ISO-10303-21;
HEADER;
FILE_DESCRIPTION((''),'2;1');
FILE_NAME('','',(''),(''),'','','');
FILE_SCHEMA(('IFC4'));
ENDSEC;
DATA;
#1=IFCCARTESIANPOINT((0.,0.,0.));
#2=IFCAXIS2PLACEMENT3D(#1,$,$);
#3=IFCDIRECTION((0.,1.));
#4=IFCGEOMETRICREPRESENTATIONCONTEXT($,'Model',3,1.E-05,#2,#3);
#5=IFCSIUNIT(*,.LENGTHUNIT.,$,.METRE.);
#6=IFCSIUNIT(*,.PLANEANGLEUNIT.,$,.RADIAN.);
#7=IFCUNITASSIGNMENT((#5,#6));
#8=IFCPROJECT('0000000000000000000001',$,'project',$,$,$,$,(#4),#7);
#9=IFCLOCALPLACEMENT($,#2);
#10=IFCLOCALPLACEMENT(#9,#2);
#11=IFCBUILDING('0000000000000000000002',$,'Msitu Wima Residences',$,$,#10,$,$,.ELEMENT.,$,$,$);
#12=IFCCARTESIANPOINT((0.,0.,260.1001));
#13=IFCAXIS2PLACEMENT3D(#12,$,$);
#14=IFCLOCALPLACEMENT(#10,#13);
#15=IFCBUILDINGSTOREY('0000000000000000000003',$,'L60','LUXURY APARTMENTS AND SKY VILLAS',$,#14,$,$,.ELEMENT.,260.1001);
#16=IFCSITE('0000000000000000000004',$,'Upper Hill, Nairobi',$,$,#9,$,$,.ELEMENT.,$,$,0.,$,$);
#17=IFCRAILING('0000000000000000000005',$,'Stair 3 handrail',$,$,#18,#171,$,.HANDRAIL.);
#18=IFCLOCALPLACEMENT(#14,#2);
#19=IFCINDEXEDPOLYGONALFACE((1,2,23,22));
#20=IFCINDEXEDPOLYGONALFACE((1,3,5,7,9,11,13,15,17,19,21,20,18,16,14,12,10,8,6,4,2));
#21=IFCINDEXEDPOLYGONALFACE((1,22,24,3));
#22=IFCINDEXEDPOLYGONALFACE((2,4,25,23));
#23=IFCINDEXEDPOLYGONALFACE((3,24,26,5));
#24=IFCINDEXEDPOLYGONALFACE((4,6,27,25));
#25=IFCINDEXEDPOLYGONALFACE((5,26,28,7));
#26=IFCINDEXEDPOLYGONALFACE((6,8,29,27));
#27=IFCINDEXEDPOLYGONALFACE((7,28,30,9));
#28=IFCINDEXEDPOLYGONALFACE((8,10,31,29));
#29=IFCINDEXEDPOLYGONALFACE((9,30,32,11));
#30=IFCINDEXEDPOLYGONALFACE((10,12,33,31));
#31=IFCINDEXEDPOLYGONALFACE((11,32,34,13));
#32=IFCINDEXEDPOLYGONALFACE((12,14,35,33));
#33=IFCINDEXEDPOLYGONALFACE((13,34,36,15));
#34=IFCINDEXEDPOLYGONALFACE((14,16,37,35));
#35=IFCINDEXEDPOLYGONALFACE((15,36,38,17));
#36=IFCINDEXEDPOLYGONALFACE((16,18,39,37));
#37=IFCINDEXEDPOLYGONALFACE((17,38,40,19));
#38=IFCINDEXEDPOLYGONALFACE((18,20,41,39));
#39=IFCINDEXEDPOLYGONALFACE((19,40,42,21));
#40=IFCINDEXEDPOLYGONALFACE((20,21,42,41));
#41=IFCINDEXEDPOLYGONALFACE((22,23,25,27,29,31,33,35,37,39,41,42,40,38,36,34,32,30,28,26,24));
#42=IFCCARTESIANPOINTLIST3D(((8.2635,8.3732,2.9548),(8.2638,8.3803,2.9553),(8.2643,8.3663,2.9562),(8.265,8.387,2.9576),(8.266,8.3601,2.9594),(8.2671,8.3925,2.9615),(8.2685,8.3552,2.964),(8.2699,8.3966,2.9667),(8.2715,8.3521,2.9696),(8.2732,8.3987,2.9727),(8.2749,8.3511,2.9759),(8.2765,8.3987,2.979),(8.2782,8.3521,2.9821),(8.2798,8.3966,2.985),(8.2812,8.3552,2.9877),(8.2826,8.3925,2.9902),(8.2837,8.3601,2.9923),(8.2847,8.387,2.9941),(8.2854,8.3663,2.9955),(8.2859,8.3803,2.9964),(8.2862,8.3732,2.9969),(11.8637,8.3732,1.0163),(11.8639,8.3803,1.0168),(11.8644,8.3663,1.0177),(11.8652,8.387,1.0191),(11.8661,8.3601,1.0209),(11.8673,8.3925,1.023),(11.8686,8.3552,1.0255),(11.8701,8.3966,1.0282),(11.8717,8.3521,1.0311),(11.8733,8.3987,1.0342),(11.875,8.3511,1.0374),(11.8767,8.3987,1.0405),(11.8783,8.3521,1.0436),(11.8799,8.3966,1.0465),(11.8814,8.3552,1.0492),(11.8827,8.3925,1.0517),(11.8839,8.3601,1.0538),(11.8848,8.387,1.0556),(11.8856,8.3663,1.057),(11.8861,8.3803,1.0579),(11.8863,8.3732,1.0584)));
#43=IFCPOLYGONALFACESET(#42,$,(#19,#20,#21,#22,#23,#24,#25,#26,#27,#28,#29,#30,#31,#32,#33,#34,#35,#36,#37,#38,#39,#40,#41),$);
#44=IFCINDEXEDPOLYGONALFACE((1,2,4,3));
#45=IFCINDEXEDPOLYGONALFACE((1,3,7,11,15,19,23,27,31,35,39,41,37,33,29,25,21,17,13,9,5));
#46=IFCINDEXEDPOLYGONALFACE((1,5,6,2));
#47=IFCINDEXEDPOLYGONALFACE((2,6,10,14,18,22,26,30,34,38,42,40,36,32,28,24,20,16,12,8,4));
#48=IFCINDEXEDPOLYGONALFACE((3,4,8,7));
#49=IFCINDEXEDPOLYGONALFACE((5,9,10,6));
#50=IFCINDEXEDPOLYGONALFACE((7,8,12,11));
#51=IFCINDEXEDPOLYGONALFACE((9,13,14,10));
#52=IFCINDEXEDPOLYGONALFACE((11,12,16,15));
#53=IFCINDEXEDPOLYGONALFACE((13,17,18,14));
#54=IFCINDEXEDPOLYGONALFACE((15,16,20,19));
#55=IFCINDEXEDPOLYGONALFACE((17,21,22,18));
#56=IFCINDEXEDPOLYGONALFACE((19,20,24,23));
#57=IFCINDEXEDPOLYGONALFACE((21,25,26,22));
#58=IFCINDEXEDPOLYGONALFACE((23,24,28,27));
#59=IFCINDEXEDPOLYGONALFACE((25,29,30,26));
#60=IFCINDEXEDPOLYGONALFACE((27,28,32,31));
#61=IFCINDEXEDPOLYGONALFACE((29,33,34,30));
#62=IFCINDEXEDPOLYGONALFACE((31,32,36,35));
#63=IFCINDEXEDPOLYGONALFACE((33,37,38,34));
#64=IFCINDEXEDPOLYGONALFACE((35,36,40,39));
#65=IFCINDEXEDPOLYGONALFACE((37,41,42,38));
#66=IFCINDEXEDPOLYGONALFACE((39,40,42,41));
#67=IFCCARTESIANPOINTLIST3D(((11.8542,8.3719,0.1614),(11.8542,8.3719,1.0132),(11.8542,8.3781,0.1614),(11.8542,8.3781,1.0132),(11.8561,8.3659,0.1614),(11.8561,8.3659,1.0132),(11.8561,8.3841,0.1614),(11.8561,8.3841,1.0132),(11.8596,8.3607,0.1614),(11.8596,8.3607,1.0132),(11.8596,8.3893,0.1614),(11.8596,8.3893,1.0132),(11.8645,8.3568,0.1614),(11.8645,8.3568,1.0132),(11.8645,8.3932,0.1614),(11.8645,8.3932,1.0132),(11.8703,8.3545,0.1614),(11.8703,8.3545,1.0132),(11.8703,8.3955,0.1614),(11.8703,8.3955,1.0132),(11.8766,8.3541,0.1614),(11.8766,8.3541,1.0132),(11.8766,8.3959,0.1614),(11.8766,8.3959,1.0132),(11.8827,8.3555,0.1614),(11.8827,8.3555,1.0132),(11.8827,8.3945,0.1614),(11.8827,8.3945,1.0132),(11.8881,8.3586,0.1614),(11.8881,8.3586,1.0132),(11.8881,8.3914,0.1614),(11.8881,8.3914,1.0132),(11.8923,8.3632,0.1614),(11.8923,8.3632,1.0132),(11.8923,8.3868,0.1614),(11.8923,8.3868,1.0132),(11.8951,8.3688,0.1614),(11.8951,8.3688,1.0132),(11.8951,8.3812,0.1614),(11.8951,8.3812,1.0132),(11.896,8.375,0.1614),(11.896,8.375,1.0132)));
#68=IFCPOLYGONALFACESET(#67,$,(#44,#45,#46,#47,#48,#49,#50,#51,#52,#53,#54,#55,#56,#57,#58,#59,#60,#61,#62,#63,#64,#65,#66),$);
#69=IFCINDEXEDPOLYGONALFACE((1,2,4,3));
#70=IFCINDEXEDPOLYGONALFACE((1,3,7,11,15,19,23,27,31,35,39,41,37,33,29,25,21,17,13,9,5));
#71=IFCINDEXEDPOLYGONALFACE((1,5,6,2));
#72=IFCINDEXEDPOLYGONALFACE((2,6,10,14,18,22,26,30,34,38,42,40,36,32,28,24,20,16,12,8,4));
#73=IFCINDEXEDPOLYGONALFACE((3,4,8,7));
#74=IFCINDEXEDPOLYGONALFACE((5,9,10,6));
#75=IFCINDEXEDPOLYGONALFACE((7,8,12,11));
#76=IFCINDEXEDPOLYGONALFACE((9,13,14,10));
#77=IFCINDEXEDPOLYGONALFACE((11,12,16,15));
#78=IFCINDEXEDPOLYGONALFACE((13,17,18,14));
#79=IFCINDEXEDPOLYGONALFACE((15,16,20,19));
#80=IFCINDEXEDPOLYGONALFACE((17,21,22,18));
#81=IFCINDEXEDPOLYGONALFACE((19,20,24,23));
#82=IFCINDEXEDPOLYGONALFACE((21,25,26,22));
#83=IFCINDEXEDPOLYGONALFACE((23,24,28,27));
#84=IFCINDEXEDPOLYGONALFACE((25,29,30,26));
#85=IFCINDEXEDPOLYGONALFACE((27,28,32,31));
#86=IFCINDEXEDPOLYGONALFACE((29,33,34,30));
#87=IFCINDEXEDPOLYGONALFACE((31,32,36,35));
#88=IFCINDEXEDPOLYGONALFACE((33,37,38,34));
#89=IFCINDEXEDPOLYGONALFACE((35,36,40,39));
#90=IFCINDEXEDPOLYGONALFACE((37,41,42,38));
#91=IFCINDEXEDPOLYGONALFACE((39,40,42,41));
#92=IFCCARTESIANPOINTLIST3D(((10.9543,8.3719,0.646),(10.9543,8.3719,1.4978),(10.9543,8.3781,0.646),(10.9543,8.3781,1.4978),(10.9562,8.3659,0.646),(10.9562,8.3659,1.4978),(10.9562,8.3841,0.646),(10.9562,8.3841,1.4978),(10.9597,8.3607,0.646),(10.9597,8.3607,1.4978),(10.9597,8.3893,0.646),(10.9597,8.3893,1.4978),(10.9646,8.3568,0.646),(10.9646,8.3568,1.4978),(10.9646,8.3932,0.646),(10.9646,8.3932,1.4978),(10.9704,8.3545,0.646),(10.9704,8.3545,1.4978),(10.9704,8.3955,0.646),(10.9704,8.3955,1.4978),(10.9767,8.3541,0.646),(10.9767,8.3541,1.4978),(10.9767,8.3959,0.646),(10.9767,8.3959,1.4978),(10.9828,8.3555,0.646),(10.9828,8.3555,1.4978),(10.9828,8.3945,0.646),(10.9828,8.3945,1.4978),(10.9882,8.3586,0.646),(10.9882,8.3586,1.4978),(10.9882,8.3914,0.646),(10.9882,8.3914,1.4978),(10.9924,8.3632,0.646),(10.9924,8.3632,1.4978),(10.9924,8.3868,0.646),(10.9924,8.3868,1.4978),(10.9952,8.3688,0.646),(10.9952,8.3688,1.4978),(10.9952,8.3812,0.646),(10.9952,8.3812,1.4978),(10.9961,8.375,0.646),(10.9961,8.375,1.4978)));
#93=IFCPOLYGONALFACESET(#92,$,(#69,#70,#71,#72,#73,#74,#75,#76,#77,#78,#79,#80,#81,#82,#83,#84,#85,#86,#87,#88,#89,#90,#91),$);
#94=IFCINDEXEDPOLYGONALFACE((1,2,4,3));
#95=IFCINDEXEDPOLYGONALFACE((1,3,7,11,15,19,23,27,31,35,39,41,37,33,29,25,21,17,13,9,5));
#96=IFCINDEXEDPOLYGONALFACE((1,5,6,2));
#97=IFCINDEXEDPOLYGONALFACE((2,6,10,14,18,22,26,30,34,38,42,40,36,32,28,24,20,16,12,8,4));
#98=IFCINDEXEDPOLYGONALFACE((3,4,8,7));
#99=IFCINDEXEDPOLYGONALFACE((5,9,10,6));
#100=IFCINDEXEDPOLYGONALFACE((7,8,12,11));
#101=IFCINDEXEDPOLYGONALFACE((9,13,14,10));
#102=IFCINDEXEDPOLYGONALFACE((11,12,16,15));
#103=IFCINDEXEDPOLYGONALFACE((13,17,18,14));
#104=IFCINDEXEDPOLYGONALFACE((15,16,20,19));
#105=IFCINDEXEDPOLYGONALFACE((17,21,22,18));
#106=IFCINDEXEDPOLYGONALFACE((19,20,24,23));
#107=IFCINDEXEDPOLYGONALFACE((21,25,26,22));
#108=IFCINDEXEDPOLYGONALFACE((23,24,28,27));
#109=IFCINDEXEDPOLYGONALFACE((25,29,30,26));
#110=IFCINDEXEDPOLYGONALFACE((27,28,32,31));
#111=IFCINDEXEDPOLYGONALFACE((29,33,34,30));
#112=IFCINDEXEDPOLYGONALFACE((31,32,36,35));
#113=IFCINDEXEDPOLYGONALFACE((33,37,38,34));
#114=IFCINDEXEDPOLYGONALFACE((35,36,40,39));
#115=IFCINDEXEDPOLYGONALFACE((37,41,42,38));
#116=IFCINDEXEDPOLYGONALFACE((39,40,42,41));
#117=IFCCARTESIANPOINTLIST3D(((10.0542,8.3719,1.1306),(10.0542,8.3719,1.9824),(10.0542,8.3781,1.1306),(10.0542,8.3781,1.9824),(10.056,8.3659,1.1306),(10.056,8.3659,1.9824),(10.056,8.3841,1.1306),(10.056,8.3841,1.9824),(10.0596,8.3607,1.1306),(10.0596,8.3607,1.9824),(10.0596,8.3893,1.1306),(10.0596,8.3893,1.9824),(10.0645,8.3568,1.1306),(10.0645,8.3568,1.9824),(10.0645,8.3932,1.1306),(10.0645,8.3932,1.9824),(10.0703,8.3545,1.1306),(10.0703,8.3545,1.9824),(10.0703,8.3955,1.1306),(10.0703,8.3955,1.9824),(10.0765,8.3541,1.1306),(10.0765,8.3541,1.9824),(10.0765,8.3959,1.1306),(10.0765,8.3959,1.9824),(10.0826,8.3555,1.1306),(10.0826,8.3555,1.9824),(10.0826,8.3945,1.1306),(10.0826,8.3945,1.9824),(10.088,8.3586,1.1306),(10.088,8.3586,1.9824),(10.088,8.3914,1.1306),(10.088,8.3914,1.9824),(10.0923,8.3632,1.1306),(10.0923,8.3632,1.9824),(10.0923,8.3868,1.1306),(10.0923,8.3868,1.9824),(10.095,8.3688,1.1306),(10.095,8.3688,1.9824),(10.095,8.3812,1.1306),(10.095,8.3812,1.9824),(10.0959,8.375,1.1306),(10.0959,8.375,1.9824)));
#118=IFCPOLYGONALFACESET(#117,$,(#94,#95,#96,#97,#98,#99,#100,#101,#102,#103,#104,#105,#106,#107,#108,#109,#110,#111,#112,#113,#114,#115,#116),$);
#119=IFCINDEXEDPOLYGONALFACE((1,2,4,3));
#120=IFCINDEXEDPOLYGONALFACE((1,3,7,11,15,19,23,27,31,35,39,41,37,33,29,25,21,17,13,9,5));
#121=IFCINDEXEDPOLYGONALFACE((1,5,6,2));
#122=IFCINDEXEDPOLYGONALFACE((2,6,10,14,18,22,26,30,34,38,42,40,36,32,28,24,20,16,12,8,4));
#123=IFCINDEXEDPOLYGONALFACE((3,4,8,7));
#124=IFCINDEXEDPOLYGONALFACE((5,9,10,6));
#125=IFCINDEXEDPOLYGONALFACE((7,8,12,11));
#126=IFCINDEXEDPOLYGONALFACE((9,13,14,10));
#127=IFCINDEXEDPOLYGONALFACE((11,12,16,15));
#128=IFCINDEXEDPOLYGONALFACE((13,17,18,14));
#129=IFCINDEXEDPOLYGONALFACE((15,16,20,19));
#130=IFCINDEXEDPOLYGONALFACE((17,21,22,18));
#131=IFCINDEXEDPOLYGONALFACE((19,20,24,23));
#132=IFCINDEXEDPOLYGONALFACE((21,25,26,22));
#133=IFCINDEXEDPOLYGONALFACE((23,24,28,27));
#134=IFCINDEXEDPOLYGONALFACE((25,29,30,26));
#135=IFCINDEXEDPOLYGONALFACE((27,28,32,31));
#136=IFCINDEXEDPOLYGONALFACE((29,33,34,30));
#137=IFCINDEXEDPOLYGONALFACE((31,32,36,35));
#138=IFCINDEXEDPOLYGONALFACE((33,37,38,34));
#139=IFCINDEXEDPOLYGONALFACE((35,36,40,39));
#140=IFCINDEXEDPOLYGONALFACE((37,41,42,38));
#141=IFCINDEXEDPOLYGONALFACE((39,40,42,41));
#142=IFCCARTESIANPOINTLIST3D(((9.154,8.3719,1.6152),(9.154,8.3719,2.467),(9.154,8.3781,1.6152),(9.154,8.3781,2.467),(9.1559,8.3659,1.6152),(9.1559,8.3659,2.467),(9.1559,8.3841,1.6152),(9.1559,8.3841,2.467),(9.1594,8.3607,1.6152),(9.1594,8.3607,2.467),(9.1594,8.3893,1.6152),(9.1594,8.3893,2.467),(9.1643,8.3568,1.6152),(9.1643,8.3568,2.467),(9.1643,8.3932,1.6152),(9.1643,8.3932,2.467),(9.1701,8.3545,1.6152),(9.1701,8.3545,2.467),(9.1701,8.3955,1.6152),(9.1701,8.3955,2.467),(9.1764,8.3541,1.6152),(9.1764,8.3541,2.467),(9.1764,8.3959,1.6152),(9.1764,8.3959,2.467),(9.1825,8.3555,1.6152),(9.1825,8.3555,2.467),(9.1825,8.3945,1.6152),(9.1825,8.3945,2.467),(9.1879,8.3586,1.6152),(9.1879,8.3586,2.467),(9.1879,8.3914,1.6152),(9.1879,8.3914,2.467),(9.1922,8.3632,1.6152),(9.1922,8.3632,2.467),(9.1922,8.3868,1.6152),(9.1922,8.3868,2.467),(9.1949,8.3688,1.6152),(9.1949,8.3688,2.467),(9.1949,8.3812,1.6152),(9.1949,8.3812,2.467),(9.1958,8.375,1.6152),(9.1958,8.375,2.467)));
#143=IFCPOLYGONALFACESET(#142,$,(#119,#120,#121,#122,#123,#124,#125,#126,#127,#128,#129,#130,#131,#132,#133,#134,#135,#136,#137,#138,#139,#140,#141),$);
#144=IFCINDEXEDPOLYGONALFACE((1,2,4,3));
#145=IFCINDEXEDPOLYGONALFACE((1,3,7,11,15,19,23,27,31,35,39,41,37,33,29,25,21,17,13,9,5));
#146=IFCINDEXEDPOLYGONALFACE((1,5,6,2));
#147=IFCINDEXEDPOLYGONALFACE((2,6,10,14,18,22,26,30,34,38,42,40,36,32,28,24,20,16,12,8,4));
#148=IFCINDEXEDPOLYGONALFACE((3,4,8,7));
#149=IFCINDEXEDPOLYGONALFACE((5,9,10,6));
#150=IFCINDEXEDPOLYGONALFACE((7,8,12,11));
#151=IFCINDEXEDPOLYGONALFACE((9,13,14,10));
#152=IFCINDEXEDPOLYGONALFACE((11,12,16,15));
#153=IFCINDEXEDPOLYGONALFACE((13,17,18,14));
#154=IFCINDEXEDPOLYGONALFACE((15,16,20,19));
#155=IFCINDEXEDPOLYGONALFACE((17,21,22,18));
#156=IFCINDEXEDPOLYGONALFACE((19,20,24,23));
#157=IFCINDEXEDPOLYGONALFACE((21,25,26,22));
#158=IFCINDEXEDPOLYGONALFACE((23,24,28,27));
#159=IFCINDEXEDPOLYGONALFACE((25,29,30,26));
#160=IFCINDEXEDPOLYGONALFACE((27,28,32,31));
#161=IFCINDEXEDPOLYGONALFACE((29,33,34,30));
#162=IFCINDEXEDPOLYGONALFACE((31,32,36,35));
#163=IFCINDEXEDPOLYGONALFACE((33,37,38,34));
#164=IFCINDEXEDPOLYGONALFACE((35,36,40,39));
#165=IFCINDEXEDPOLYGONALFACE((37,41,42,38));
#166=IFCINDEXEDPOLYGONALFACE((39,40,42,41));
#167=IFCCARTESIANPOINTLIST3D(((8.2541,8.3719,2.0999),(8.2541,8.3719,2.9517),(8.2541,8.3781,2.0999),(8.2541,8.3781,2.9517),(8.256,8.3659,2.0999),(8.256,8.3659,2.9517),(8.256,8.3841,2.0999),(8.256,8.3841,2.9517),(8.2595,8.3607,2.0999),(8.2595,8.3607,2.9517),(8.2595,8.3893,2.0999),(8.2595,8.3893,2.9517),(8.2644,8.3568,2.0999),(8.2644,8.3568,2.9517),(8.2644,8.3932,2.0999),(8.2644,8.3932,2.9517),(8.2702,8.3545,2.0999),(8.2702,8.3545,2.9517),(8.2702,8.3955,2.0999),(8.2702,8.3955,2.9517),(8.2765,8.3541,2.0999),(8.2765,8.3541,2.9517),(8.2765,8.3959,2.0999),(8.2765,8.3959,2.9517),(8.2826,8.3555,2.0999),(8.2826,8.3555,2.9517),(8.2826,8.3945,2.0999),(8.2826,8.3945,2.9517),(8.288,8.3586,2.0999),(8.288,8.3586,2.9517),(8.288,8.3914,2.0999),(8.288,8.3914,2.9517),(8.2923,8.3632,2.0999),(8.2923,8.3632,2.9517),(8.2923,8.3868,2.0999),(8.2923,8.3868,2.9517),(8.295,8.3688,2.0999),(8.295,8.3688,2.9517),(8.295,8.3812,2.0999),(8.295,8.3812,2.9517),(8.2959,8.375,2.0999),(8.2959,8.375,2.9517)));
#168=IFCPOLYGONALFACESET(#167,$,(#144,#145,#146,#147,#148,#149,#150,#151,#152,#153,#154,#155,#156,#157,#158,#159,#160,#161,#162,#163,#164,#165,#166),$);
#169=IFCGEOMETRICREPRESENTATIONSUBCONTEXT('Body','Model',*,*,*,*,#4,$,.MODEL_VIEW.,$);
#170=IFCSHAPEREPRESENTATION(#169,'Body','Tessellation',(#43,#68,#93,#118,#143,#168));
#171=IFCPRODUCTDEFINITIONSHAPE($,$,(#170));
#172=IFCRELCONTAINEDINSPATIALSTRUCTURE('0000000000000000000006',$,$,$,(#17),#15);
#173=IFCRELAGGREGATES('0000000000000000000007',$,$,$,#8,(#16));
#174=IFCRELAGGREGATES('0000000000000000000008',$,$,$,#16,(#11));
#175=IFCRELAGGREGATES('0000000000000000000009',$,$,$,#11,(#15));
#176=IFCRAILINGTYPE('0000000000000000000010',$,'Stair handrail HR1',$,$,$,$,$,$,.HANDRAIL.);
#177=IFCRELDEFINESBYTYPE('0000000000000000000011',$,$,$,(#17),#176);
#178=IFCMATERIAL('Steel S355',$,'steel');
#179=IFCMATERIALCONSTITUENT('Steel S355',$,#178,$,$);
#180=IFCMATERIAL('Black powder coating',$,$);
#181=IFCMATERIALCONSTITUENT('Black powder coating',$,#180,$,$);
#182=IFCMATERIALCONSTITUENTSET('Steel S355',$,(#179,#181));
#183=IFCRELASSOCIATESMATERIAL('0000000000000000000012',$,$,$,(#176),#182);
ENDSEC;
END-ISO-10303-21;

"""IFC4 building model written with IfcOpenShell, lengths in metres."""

from ifc_helpers import new_model, si_unit, direction, frame, origin, origin_2d, place, context, subcontext, project, spatial, circle, extrude, material, constituent, constituent_set, type_object, element, save


model = new_model("IFC4")

# Units and contexts
model_context = context("Model", 3, precision=1e-05, world=origin(), true_north=direction((0.0, 1.0)))
body_context = subcontext(model_context, "Body", "Model", "MODEL_VIEW")
ifc_project = project(units=[si_unit("LENGTHUNIT", "METRE"), si_unit("PLANEANGLEUNIT", "RADIAN")], contexts=[model_context])

# Site, building, storey
site_placement = place(None, origin())
site = spatial("IfcSite", under=ifc_project, at=site_placement, Name="Upper Hill, Nairobi", CompositionType="ELEMENT", RefElevation=0.0)
building_placement = place(site_placement, origin())
building = spatial("IfcBuilding", under=site, at=building_placement, Name="Msitu Wima Residences", CompositionType="ELEMENT")
storey_placement = place(building_placement, frame((0.0, 0.0, 260.1001)))
storey = spatial("IfcBuildingStorey", under=building, at=storey_placement, Name="L60", Description="LUXURY APARTMENTS AND SKY VILLAS", CompositionType="ELEMENT", Elevation=260.1001)

# Railing
ifc_material_1 = material(Name="Steel S355", Category="steel")
ifc_constituent_1 = constituent(ifc_material_1, Name="Steel S355")
ifc_material_2 = material(Name="Black powder coating")
ifc_constituent_2 = constituent(ifc_material_2, Name="Black powder coating")
ifc_constituent_set = constituent_set(constituents=[ifc_constituent_1, ifc_constituent_2], Name="Steel S355")
railing_type = type_object("IfcRailingType", Name="Stair handrail HR1", PredefinedType="HANDRAIL", material=ifc_constituent_set)
for number, where, name in (
    (1, (11.875, 8.375, 0.1614), "Stair 3 handrail"),
):
    element("IfcRailing", number, at=place(storey_placement, frame(where)), inside=storey, type_object=railing_type, Name=name, PredefinedType="HANDRAIL", context=body_context, shape_type="SweptSolid", body=[
        extrude(circle(Radius=0.0239, at=origin_2d()), frame((0.0, 0.0, 0.876), z_axis=(-0.880475, 0.0, 0.474093), x_axis=(0.0, -1.0, 0.0)), (0.0, 0.0, 1.0), 4.0889),
        extrude(circle(Radius=0.021, at=origin_2d()), origin(), (0.0, 0.0, 1.0), 0.8518),
        extrude(circle(Radius=0.021, at=origin_2d()), frame((-0.8999, 0.0, 0.4846)), (0.0, 0.0, 1.0), 0.8518),
        extrude(circle(Radius=0.021, at=origin_2d()), frame((-1.8, 0.0, 0.9692)), (0.0, 0.0, 1.0), 0.8518),
        extrude(circle(Radius=0.021, at=origin_2d()), frame((-2.7002, 0.0, 1.4539)), (0.0, 0.0, 1.0), 0.8518),
        extrude(circle(Radius=0.021, at=origin_2d()), frame((-3.6001, 0.0, 1.9385)), (0.0, 0.0, 1.0), 0.8518),
    ])

save(model, "model.ifc")
